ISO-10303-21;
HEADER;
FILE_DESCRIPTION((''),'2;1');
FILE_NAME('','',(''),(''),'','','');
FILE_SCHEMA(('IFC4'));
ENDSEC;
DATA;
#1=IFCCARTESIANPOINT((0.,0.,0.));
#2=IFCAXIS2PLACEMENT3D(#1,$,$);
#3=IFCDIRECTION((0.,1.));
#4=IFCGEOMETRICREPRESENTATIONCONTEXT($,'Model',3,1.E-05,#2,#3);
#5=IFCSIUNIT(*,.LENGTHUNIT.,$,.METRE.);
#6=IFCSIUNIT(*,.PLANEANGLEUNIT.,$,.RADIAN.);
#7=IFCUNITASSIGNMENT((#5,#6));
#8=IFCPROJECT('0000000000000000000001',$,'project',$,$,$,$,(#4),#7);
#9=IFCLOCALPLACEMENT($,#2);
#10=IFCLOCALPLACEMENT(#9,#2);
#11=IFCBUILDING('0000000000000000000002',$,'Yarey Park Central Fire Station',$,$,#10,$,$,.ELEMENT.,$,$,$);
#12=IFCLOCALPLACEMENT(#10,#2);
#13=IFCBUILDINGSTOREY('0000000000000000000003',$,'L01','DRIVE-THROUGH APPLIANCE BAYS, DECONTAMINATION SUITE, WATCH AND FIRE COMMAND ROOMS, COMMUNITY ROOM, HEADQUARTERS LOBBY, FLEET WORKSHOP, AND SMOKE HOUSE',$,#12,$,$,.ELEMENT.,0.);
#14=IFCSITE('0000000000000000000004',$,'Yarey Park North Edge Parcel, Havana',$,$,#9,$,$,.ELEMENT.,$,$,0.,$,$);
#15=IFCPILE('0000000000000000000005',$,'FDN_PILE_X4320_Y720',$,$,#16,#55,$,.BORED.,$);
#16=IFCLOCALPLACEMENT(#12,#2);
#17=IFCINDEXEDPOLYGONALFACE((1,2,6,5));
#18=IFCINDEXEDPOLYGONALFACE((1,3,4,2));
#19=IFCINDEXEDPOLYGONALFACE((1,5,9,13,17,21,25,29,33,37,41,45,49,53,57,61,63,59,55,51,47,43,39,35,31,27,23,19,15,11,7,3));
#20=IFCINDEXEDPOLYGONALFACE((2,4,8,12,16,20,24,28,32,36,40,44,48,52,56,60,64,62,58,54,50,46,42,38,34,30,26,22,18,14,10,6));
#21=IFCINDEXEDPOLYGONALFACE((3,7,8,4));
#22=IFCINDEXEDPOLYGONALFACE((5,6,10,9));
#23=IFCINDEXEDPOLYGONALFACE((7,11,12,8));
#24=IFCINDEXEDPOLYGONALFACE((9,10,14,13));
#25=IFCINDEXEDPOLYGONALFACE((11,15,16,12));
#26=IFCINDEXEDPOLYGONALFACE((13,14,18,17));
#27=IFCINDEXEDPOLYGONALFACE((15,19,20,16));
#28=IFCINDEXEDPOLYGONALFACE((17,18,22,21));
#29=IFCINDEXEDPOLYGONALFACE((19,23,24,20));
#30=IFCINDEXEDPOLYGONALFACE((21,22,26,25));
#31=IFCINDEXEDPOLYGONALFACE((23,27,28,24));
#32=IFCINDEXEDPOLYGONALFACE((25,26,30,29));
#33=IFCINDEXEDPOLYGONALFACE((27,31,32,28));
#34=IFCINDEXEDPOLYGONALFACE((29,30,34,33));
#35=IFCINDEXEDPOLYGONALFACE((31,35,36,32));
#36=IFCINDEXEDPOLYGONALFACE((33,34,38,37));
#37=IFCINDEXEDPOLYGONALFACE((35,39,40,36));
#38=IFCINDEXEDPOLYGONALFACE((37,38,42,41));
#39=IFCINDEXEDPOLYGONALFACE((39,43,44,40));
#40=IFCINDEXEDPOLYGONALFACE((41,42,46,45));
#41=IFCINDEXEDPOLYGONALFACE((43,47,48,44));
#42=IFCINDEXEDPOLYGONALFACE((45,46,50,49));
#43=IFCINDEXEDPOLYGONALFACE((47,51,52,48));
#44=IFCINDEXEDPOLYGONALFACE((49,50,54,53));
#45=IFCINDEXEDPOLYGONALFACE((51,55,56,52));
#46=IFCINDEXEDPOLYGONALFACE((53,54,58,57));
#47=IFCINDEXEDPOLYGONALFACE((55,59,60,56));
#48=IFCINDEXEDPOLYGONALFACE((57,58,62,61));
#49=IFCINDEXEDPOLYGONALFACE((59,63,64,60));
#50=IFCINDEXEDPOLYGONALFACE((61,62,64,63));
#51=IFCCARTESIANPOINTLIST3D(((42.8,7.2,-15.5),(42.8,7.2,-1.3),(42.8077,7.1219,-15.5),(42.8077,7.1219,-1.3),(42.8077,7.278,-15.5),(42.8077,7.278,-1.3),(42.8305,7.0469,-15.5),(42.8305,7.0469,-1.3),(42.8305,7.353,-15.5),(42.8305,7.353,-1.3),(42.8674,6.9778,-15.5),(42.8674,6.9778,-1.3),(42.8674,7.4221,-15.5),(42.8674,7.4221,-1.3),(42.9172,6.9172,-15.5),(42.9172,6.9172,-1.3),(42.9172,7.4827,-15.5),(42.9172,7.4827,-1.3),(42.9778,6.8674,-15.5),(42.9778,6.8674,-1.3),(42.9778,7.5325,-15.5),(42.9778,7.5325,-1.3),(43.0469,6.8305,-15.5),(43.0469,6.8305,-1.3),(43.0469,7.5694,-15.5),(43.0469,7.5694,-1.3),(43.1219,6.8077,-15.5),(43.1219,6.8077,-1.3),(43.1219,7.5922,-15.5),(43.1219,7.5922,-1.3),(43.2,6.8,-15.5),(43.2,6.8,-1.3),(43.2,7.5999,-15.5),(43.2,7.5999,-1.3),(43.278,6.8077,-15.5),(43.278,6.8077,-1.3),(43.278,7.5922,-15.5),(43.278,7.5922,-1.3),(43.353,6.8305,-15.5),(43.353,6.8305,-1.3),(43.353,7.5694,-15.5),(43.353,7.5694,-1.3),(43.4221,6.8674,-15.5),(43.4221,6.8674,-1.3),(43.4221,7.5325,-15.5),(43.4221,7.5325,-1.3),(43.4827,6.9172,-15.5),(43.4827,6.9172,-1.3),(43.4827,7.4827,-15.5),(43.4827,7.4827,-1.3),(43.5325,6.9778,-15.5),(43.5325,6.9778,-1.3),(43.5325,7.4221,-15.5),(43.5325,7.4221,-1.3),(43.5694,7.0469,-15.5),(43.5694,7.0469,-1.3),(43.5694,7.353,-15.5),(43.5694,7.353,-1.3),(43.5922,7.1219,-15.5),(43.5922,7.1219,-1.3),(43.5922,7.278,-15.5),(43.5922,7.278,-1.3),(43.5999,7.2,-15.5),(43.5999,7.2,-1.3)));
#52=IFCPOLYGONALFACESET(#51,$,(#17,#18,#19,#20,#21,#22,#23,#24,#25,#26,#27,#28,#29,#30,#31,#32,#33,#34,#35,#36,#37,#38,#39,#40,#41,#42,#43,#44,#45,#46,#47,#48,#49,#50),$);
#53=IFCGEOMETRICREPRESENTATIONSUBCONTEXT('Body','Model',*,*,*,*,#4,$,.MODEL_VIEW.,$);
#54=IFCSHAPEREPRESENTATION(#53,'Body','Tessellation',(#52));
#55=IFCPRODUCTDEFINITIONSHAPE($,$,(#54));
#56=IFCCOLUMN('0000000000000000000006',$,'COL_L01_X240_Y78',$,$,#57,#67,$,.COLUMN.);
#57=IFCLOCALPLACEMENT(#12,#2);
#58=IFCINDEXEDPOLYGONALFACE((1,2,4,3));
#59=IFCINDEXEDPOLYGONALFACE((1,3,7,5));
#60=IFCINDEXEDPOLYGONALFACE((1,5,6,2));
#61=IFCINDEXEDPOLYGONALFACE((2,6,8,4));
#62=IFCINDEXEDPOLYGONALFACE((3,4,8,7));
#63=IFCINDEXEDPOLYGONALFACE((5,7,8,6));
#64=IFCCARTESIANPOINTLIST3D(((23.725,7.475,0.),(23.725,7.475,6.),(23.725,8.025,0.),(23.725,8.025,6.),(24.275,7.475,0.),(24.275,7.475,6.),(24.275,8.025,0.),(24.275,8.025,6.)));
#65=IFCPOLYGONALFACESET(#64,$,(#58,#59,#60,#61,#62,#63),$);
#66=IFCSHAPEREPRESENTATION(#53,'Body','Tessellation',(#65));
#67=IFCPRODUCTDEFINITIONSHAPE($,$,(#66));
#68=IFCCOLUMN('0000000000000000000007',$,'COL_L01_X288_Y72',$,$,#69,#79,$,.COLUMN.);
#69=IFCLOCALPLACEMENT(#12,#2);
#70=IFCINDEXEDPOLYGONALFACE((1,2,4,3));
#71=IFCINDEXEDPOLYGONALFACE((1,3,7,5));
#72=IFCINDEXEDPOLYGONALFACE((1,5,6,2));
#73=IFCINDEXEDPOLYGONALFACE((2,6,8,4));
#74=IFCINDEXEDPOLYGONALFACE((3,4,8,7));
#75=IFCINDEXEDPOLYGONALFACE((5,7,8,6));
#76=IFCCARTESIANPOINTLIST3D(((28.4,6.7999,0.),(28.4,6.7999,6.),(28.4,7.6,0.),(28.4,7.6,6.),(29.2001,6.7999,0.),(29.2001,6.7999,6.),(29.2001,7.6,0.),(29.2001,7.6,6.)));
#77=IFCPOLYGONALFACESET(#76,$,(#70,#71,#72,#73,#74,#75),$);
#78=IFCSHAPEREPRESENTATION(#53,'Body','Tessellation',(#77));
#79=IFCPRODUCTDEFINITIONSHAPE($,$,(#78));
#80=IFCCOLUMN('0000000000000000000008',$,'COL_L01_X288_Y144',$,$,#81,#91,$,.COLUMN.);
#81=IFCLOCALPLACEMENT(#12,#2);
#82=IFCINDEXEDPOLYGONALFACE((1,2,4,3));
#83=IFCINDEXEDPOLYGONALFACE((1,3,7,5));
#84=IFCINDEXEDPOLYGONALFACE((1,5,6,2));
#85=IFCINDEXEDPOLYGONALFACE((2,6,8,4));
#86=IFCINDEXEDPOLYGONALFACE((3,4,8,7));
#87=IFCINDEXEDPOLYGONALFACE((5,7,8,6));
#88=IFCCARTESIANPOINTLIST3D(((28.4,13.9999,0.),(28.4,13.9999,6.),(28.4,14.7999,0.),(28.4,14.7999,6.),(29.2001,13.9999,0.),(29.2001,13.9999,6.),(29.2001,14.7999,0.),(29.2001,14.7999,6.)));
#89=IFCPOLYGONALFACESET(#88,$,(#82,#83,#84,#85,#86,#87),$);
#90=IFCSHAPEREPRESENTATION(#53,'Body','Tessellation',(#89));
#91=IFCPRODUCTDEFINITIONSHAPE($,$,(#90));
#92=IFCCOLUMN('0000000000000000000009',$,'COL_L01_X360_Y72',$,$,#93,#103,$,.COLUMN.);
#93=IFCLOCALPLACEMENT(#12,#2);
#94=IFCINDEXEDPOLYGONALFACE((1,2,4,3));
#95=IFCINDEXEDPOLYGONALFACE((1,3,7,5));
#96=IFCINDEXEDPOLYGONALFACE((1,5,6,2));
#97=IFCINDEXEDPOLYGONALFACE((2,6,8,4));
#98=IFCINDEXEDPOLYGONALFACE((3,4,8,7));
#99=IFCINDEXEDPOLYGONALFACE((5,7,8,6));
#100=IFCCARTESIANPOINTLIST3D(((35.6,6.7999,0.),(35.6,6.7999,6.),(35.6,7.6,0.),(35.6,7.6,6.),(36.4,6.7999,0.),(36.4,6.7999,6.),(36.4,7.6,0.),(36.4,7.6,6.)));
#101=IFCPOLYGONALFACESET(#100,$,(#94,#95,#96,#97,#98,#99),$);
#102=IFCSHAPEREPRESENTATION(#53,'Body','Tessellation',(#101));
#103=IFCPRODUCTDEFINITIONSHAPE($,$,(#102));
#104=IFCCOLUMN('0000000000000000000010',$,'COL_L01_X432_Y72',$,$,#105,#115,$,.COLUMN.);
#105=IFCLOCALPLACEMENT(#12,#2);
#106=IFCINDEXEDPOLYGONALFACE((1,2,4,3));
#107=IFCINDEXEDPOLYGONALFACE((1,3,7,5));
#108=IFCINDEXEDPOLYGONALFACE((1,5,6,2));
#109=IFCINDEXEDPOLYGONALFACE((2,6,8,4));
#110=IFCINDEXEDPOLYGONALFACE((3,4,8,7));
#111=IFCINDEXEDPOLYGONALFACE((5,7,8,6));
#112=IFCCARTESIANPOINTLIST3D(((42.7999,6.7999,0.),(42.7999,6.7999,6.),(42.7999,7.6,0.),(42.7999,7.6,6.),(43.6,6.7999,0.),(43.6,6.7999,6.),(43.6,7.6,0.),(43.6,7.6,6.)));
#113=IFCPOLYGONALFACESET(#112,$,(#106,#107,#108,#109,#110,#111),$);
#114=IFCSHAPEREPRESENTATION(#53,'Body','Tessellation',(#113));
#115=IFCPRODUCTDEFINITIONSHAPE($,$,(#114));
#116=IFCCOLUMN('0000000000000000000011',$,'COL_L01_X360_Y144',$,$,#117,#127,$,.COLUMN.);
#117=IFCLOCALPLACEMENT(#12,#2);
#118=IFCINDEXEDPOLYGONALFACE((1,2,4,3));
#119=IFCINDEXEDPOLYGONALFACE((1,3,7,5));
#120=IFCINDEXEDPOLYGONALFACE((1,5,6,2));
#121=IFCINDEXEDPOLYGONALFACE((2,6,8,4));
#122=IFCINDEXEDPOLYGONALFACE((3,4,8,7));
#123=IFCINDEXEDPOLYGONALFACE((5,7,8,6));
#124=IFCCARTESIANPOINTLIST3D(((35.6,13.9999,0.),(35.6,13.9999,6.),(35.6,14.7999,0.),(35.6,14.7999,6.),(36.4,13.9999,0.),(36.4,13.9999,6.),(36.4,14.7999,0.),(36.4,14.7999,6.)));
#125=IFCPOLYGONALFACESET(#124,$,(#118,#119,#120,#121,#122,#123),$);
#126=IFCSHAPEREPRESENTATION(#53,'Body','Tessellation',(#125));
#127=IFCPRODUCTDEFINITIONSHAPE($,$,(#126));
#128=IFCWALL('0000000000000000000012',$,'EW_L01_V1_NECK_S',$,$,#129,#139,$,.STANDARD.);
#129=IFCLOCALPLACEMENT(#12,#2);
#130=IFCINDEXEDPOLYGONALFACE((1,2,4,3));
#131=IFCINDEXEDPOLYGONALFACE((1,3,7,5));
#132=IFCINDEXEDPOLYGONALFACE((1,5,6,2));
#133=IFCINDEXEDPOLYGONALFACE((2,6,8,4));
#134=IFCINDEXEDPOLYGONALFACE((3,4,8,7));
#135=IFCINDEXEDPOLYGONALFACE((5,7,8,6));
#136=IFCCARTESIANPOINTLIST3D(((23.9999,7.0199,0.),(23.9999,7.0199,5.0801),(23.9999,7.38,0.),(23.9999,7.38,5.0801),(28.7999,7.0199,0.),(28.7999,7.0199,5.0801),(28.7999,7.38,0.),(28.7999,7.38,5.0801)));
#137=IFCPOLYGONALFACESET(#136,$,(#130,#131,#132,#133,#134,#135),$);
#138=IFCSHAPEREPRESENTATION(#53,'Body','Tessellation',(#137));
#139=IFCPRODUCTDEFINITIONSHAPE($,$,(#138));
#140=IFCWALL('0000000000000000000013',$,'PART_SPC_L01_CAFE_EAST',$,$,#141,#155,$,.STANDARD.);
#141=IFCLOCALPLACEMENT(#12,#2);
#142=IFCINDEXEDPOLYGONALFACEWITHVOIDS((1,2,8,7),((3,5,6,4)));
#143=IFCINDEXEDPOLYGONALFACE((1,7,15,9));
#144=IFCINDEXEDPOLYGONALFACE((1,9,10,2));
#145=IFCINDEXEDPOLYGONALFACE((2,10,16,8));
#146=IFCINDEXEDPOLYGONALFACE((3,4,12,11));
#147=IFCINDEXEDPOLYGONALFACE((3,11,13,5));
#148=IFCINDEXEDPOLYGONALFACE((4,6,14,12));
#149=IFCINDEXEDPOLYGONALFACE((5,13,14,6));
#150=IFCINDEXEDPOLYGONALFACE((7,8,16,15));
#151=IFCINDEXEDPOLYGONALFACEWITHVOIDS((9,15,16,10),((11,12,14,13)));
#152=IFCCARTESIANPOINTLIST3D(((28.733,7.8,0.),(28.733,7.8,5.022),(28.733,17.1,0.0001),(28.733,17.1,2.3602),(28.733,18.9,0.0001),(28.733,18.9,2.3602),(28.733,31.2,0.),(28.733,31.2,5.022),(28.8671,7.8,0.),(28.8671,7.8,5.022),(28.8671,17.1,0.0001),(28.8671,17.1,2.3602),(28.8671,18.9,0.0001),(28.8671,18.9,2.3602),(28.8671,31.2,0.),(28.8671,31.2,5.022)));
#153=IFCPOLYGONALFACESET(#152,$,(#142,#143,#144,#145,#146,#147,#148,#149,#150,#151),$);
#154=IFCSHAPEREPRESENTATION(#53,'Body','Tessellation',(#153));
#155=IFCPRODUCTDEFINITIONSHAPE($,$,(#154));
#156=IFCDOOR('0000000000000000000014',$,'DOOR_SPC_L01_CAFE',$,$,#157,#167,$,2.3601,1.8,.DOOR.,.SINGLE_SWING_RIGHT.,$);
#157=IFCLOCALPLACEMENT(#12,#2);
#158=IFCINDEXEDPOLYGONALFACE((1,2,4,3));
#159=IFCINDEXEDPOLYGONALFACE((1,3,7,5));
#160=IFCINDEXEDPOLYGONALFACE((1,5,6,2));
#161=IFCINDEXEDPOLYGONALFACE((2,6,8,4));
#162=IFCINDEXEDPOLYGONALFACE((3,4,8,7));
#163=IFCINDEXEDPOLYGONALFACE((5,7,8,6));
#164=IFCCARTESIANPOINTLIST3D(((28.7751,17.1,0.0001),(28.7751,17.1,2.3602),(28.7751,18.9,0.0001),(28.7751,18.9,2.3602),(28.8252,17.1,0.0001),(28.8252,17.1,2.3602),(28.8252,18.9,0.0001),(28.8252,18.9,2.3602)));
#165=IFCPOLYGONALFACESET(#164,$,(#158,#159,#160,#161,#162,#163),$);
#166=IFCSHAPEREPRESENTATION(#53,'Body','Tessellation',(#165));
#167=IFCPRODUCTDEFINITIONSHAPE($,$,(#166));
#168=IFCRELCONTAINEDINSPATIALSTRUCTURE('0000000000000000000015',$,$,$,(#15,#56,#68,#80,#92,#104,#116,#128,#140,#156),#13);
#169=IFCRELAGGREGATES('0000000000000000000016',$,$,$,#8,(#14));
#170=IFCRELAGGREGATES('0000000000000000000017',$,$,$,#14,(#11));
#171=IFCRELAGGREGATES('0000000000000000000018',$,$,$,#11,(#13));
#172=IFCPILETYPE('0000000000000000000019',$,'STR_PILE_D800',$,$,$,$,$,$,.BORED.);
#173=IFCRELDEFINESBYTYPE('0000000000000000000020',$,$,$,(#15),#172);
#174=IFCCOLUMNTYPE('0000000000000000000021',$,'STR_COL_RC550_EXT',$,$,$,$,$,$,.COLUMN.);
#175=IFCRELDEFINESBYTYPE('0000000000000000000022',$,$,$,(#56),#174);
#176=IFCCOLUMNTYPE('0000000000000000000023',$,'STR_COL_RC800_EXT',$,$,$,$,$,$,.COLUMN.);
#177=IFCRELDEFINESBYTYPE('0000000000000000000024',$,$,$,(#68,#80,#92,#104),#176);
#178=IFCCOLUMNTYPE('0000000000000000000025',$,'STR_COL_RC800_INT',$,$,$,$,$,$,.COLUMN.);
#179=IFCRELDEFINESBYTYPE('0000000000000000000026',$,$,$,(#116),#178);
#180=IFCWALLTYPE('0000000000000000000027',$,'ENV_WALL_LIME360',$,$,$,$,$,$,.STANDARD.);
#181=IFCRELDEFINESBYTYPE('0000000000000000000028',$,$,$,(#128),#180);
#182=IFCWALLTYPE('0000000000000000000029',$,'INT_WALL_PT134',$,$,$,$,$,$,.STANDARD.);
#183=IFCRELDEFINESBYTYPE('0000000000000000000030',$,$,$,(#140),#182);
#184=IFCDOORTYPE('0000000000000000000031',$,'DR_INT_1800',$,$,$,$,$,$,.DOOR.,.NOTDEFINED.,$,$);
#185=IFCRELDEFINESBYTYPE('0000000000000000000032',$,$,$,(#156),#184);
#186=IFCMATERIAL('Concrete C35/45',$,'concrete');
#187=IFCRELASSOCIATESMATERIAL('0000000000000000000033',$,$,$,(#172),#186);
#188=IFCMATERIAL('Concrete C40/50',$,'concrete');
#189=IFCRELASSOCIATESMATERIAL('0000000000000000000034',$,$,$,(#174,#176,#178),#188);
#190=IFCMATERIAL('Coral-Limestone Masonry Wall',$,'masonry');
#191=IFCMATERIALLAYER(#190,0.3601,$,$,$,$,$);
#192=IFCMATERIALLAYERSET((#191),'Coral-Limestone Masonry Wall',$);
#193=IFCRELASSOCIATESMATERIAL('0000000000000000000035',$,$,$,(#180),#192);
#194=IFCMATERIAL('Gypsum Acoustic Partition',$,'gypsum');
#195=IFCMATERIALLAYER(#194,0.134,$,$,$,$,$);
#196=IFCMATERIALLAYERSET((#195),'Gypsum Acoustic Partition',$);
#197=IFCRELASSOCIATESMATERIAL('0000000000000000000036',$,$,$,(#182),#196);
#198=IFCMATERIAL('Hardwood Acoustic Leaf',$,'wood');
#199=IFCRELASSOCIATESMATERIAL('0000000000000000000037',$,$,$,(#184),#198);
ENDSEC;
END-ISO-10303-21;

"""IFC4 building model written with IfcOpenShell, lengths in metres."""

from ifc_helpers import new_model, si_unit, direction, frame, frame_2d, origin, origin_2d, place, context, subcontext, project, spatial, rectangle, circle, extrude, material, layer, layer_set, material_profile, profile_set, type_object, element, fill, save


model = new_model("IFC4")

# Units and contexts
model_context = context("Model", 3, precision=1e-05, world=origin(), true_north=direction((0.0, 1.0)))
body_context = subcontext(model_context, "Body", "Model", "MODEL_VIEW")
ifc_project = project(units=[si_unit("LENGTHUNIT", "METRE"), si_unit("PLANEANGLEUNIT", "RADIAN")], contexts=[model_context])

# Site, building, storey
site_placement = place(None, origin())
site = spatial("IfcSite", under=ifc_project, at=site_placement, Name="Yarey Park North Edge Parcel, Havana", CompositionType="ELEMENT", RefElevation=0.0)
building_placement = place(site_placement, origin())
building = spatial("IfcBuilding", under=site, at=building_placement, Name="Yarey Park Central Fire Station", CompositionType="ELEMENT")
storey_placement = place(building_placement, origin())
storey = spatial("IfcBuildingStorey", under=building, at=storey_placement, Name="L01", Description="DRIVE-THROUGH APPLIANCE BAYS, DECONTAMINATION SUITE, WATCH AND FIRE COMMAND ROOMS, COMMUNITY ROOM, HEADQUARTERS LOBBY, FLEET WORKSHOP, AND SMOKE HOUSE", CompositionType="ELEMENT", Elevation=0.0)

# Shared definitions
ifc_material_1 = material(Name="Concrete C35/45", Category="concrete")

# Pile
ifc_material_profile_1 = material_profile(ifc_material_1, circle(Radius=0.3999, at=origin_2d()), Name="BORED PILE D800")
ifc_profile_set_1 = profile_set([ifc_material_profile_1], Name="Concrete C35/45")
pile_type = type_object("IfcPileType", Name="STR_PILE_D800", PredefinedType="BORED", material=ifc_profile_set_1)
for number, where, z_axis, x_axis, name in (
    (1, (43.2, 7.2, -1.3), (0.0, 0.0, -1.0), (1.0, 0.0, 0.0), "FDN_PILE_X4320_Y720"),
):
    element("IfcPile", number, at=place(storey_placement, frame(where, z_axis=z_axis, x_axis=x_axis)), inside=storey, type_object=pile_type, Name=name, PredefinedType="BORED", context=body_context, shape_type="SweptSolid", body=[
        extrude(circle(Radius=0.3999, at=origin_2d()), origin(), (0.0, 0.0, 1.0), 14.2),
    ])

# Columns
ifc_material_2 = material(Name="Concrete C40/50", Category="concrete")
ifc_material_profile_2 = material_profile(ifc_material_2, rectangle(XDim=0.55, YDim=0.55, at=origin_2d()), Name="RC 550x550")
ifc_profile_set_2 = profile_set([ifc_material_profile_2], Name="Concrete C40/50")
column_type_1 = type_object("IfcColumnType", Name="STR_COL_RC550_EXT", PredefinedType="COLUMN", material=ifc_profile_set_2)
column_1_placement = place(storey_placement, frame((24.0, 7.75, 0.0), z_axis=(0.0, 0.0, 1.0), x_axis=(1.0, 0.0, 0.0)))
element("IfcColumn", 2, at=column_1_placement, inside=storey, type_object=column_type_1, Name="COL_L01_X240_Y78", PredefinedType="COLUMN", context=body_context, shape_type="SweptSolid", body=[
    extrude(rectangle(XDim=0.55, YDim=0.55, at=origin_2d()), origin(), (0.0, 0.0, 1.0), 6.0),
])
ifc_material_profile_3 = material_profile(ifc_material_2, rectangle(XDim=0.8, YDim=0.8, at=origin_2d()), Name="RC 800x800")
ifc_profile_set_3 = profile_set([ifc_material_profile_3], Name="Concrete C40/50")
column_type_2 = type_object("IfcColumnType", Name="STR_COL_RC800_EXT", PredefinedType="COLUMN", material=ifc_profile_set_3)
for number, where, z_axis, x_axis, name in (
    (3, (28.8, 7.2, 0.0), (0.0, 0.0, 1.0), (1.0, 0.0, 0.0), "COL_L01_X288_Y72"),
    (4, (28.8, 14.3999, 0.0), (0.0, 0.0, 1.0), (1.0, 0.0, 0.0), "COL_L01_X288_Y144"),
    (5, (36.0, 7.2, 0.0), (0.0, 0.0, 1.0), (1.0, 0.0, 0.0), "COL_L01_X360_Y72"),
    (6, (43.2, 7.2, 0.0), (0.0, 0.0, 1.0), (1.0, 0.0, 0.0), "COL_L01_X432_Y72"),
):
    element("IfcColumn", number, at=place(storey_placement, frame(where, z_axis=z_axis, x_axis=x_axis)), inside=storey, type_object=column_type_2, Name=name, PredefinedType="COLUMN", context=body_context, shape_type="SweptSolid", body=[
        extrude(rectangle(XDim=0.8, YDim=0.8, at=origin_2d()), origin(), (0.0, 0.0, 1.0), 6.0),
    ])
ifc_material_profile_4 = material_profile(ifc_material_2, rectangle(XDim=0.8, YDim=0.8, at=origin_2d()), Name="RC 800x800")
ifc_profile_set_4 = profile_set([ifc_material_profile_4], Name="Concrete C40/50")
column_type_3 = type_object("IfcColumnType", Name="STR_COL_RC800_INT", PredefinedType="COLUMN", material=ifc_profile_set_4)
column_2_placement = place(storey_placement, frame((36.0, 14.3999, 0.0), z_axis=(0.0, 0.0, 1.0), x_axis=(1.0, 0.0, 0.0)))
element("IfcColumn", 7, at=column_2_placement, inside=storey, type_object=column_type_3, Name="COL_L01_X360_Y144", PredefinedType="COLUMN", context=body_context, shape_type="SweptSolid", body=[
    extrude(rectangle(XDim=0.8, YDim=0.8, at=origin_2d()), origin(), (0.0, 0.0, 1.0), 6.0),
])

# Wall
ifc_material_3 = material(Name="Coral-Limestone Masonry Wall", Category="masonry")
ifc_layer_1 = layer(ifc_material_3, 0.3601)
ifc_layer_set_1 = layer_set([ifc_layer_1], Name="Coral-Limestone Masonry Wall")
wall_type_1 = type_object("IfcWallType", Name="ENV_WALL_LIME360", PredefinedType="STANDARD", material=ifc_layer_set_1)
wall_1_placement = place(storey_placement, frame((24.0, 7.2, 0.0), z_axis=(0.0, 0.0, 1.0), x_axis=(1.0, 0.0, 0.0)))
element("IfcWall", 8, at=wall_1_placement, inside=storey, type_object=wall_type_1, Name="EW_L01_V1_NECK_S", PredefinedType="STANDARD", context=body_context, shape_type="SweptSolid", body=[
    extrude(rectangle(XDim=4.8, YDim=0.3601, at=frame_2d((2.3999, 0.0))), origin(), (0.0, 0.0, 1.0), 5.0801),
])

# Wall, opening, door
ifc_material_4 = material(Name="Gypsum Acoustic Partition", Category="gypsum")
ifc_layer_2 = layer(ifc_material_4, 0.134)
ifc_layer_set_2 = layer_set([ifc_layer_2], Name="Gypsum Acoustic Partition")
wall_type_2 = type_object("IfcWallType", Name="INT_WALL_PT134", PredefinedType="STANDARD", material=ifc_layer_set_2)
wall_2_placement = place(storey_placement, frame((28.8, 7.8, 0.0), z_axis=(0.0, 0.0, 1.0), x_axis=(0.0, 1.0, 0.0)))
wall_2 = element("IfcWall", 9, at=wall_2_placement, inside=storey, type_object=wall_type_2, Name="PART_SPC_L01_CAFE_EAST", PredefinedType="STANDARD", context=body_context, shape_type="SweptSolid", body=[
    extrude(rectangle(XDim=23.3999, YDim=0.134, at=frame_2d((11.7, 0.0))), origin(), (0.0, 0.0, 1.0), 5.022),
])
opening_placement = place(wall_2_placement, frame((9.3, 0.0, 0.0)))
opening = element("IfcOpeningElement", 10, at=opening_placement, cuts=wall_2, PredefinedType="OPENING", context=body_context, shape_type="SweptSolid", body=[
    extrude(rectangle(XDim=1.8, YDim=2.3601, at=frame_2d((0.8999, 1.1802))), frame((0.0, 0.0769, 0.0), z_axis=(0.0, -1.0, 0.0), x_axis=(1.0, 0.0, 0.0)), (0.0, 0.0, 1.0), 0.1541),
])
ifc_material_5 = material(Name="Hardwood Acoustic Leaf", Category="wood")
door_type = type_object("IfcDoorType", Name="DR_INT_1800", OperationType="NOTDEFINED", PredefinedType="DOOR", material=ifc_material_5)
door_placement = place(opening_placement, origin())
door = element("IfcDoor", 11, at=door_placement, inside=storey, type_object=door_type, Name="DOOR_SPC_L01_CAFE", OperationType="SINGLE_SWING_RIGHT", OverallHeight=2.3601, OverallWidth=1.8, PredefinedType="DOOR", context=body_context, shape_type="SweptSolid", body=[
    extrude(rectangle(XDim=1.8, YDim=2.3601, at=frame_2d((0.8999, 1.1802))), frame((0.0, 0.0249, 0.0), z_axis=(0.0, -1.0, 0.0), x_axis=(1.0, 0.0, 0.0)), (0.0, 0.0, 1.0), 0.05),
])
fill(opening, door)

save(model, "model.ifc")
